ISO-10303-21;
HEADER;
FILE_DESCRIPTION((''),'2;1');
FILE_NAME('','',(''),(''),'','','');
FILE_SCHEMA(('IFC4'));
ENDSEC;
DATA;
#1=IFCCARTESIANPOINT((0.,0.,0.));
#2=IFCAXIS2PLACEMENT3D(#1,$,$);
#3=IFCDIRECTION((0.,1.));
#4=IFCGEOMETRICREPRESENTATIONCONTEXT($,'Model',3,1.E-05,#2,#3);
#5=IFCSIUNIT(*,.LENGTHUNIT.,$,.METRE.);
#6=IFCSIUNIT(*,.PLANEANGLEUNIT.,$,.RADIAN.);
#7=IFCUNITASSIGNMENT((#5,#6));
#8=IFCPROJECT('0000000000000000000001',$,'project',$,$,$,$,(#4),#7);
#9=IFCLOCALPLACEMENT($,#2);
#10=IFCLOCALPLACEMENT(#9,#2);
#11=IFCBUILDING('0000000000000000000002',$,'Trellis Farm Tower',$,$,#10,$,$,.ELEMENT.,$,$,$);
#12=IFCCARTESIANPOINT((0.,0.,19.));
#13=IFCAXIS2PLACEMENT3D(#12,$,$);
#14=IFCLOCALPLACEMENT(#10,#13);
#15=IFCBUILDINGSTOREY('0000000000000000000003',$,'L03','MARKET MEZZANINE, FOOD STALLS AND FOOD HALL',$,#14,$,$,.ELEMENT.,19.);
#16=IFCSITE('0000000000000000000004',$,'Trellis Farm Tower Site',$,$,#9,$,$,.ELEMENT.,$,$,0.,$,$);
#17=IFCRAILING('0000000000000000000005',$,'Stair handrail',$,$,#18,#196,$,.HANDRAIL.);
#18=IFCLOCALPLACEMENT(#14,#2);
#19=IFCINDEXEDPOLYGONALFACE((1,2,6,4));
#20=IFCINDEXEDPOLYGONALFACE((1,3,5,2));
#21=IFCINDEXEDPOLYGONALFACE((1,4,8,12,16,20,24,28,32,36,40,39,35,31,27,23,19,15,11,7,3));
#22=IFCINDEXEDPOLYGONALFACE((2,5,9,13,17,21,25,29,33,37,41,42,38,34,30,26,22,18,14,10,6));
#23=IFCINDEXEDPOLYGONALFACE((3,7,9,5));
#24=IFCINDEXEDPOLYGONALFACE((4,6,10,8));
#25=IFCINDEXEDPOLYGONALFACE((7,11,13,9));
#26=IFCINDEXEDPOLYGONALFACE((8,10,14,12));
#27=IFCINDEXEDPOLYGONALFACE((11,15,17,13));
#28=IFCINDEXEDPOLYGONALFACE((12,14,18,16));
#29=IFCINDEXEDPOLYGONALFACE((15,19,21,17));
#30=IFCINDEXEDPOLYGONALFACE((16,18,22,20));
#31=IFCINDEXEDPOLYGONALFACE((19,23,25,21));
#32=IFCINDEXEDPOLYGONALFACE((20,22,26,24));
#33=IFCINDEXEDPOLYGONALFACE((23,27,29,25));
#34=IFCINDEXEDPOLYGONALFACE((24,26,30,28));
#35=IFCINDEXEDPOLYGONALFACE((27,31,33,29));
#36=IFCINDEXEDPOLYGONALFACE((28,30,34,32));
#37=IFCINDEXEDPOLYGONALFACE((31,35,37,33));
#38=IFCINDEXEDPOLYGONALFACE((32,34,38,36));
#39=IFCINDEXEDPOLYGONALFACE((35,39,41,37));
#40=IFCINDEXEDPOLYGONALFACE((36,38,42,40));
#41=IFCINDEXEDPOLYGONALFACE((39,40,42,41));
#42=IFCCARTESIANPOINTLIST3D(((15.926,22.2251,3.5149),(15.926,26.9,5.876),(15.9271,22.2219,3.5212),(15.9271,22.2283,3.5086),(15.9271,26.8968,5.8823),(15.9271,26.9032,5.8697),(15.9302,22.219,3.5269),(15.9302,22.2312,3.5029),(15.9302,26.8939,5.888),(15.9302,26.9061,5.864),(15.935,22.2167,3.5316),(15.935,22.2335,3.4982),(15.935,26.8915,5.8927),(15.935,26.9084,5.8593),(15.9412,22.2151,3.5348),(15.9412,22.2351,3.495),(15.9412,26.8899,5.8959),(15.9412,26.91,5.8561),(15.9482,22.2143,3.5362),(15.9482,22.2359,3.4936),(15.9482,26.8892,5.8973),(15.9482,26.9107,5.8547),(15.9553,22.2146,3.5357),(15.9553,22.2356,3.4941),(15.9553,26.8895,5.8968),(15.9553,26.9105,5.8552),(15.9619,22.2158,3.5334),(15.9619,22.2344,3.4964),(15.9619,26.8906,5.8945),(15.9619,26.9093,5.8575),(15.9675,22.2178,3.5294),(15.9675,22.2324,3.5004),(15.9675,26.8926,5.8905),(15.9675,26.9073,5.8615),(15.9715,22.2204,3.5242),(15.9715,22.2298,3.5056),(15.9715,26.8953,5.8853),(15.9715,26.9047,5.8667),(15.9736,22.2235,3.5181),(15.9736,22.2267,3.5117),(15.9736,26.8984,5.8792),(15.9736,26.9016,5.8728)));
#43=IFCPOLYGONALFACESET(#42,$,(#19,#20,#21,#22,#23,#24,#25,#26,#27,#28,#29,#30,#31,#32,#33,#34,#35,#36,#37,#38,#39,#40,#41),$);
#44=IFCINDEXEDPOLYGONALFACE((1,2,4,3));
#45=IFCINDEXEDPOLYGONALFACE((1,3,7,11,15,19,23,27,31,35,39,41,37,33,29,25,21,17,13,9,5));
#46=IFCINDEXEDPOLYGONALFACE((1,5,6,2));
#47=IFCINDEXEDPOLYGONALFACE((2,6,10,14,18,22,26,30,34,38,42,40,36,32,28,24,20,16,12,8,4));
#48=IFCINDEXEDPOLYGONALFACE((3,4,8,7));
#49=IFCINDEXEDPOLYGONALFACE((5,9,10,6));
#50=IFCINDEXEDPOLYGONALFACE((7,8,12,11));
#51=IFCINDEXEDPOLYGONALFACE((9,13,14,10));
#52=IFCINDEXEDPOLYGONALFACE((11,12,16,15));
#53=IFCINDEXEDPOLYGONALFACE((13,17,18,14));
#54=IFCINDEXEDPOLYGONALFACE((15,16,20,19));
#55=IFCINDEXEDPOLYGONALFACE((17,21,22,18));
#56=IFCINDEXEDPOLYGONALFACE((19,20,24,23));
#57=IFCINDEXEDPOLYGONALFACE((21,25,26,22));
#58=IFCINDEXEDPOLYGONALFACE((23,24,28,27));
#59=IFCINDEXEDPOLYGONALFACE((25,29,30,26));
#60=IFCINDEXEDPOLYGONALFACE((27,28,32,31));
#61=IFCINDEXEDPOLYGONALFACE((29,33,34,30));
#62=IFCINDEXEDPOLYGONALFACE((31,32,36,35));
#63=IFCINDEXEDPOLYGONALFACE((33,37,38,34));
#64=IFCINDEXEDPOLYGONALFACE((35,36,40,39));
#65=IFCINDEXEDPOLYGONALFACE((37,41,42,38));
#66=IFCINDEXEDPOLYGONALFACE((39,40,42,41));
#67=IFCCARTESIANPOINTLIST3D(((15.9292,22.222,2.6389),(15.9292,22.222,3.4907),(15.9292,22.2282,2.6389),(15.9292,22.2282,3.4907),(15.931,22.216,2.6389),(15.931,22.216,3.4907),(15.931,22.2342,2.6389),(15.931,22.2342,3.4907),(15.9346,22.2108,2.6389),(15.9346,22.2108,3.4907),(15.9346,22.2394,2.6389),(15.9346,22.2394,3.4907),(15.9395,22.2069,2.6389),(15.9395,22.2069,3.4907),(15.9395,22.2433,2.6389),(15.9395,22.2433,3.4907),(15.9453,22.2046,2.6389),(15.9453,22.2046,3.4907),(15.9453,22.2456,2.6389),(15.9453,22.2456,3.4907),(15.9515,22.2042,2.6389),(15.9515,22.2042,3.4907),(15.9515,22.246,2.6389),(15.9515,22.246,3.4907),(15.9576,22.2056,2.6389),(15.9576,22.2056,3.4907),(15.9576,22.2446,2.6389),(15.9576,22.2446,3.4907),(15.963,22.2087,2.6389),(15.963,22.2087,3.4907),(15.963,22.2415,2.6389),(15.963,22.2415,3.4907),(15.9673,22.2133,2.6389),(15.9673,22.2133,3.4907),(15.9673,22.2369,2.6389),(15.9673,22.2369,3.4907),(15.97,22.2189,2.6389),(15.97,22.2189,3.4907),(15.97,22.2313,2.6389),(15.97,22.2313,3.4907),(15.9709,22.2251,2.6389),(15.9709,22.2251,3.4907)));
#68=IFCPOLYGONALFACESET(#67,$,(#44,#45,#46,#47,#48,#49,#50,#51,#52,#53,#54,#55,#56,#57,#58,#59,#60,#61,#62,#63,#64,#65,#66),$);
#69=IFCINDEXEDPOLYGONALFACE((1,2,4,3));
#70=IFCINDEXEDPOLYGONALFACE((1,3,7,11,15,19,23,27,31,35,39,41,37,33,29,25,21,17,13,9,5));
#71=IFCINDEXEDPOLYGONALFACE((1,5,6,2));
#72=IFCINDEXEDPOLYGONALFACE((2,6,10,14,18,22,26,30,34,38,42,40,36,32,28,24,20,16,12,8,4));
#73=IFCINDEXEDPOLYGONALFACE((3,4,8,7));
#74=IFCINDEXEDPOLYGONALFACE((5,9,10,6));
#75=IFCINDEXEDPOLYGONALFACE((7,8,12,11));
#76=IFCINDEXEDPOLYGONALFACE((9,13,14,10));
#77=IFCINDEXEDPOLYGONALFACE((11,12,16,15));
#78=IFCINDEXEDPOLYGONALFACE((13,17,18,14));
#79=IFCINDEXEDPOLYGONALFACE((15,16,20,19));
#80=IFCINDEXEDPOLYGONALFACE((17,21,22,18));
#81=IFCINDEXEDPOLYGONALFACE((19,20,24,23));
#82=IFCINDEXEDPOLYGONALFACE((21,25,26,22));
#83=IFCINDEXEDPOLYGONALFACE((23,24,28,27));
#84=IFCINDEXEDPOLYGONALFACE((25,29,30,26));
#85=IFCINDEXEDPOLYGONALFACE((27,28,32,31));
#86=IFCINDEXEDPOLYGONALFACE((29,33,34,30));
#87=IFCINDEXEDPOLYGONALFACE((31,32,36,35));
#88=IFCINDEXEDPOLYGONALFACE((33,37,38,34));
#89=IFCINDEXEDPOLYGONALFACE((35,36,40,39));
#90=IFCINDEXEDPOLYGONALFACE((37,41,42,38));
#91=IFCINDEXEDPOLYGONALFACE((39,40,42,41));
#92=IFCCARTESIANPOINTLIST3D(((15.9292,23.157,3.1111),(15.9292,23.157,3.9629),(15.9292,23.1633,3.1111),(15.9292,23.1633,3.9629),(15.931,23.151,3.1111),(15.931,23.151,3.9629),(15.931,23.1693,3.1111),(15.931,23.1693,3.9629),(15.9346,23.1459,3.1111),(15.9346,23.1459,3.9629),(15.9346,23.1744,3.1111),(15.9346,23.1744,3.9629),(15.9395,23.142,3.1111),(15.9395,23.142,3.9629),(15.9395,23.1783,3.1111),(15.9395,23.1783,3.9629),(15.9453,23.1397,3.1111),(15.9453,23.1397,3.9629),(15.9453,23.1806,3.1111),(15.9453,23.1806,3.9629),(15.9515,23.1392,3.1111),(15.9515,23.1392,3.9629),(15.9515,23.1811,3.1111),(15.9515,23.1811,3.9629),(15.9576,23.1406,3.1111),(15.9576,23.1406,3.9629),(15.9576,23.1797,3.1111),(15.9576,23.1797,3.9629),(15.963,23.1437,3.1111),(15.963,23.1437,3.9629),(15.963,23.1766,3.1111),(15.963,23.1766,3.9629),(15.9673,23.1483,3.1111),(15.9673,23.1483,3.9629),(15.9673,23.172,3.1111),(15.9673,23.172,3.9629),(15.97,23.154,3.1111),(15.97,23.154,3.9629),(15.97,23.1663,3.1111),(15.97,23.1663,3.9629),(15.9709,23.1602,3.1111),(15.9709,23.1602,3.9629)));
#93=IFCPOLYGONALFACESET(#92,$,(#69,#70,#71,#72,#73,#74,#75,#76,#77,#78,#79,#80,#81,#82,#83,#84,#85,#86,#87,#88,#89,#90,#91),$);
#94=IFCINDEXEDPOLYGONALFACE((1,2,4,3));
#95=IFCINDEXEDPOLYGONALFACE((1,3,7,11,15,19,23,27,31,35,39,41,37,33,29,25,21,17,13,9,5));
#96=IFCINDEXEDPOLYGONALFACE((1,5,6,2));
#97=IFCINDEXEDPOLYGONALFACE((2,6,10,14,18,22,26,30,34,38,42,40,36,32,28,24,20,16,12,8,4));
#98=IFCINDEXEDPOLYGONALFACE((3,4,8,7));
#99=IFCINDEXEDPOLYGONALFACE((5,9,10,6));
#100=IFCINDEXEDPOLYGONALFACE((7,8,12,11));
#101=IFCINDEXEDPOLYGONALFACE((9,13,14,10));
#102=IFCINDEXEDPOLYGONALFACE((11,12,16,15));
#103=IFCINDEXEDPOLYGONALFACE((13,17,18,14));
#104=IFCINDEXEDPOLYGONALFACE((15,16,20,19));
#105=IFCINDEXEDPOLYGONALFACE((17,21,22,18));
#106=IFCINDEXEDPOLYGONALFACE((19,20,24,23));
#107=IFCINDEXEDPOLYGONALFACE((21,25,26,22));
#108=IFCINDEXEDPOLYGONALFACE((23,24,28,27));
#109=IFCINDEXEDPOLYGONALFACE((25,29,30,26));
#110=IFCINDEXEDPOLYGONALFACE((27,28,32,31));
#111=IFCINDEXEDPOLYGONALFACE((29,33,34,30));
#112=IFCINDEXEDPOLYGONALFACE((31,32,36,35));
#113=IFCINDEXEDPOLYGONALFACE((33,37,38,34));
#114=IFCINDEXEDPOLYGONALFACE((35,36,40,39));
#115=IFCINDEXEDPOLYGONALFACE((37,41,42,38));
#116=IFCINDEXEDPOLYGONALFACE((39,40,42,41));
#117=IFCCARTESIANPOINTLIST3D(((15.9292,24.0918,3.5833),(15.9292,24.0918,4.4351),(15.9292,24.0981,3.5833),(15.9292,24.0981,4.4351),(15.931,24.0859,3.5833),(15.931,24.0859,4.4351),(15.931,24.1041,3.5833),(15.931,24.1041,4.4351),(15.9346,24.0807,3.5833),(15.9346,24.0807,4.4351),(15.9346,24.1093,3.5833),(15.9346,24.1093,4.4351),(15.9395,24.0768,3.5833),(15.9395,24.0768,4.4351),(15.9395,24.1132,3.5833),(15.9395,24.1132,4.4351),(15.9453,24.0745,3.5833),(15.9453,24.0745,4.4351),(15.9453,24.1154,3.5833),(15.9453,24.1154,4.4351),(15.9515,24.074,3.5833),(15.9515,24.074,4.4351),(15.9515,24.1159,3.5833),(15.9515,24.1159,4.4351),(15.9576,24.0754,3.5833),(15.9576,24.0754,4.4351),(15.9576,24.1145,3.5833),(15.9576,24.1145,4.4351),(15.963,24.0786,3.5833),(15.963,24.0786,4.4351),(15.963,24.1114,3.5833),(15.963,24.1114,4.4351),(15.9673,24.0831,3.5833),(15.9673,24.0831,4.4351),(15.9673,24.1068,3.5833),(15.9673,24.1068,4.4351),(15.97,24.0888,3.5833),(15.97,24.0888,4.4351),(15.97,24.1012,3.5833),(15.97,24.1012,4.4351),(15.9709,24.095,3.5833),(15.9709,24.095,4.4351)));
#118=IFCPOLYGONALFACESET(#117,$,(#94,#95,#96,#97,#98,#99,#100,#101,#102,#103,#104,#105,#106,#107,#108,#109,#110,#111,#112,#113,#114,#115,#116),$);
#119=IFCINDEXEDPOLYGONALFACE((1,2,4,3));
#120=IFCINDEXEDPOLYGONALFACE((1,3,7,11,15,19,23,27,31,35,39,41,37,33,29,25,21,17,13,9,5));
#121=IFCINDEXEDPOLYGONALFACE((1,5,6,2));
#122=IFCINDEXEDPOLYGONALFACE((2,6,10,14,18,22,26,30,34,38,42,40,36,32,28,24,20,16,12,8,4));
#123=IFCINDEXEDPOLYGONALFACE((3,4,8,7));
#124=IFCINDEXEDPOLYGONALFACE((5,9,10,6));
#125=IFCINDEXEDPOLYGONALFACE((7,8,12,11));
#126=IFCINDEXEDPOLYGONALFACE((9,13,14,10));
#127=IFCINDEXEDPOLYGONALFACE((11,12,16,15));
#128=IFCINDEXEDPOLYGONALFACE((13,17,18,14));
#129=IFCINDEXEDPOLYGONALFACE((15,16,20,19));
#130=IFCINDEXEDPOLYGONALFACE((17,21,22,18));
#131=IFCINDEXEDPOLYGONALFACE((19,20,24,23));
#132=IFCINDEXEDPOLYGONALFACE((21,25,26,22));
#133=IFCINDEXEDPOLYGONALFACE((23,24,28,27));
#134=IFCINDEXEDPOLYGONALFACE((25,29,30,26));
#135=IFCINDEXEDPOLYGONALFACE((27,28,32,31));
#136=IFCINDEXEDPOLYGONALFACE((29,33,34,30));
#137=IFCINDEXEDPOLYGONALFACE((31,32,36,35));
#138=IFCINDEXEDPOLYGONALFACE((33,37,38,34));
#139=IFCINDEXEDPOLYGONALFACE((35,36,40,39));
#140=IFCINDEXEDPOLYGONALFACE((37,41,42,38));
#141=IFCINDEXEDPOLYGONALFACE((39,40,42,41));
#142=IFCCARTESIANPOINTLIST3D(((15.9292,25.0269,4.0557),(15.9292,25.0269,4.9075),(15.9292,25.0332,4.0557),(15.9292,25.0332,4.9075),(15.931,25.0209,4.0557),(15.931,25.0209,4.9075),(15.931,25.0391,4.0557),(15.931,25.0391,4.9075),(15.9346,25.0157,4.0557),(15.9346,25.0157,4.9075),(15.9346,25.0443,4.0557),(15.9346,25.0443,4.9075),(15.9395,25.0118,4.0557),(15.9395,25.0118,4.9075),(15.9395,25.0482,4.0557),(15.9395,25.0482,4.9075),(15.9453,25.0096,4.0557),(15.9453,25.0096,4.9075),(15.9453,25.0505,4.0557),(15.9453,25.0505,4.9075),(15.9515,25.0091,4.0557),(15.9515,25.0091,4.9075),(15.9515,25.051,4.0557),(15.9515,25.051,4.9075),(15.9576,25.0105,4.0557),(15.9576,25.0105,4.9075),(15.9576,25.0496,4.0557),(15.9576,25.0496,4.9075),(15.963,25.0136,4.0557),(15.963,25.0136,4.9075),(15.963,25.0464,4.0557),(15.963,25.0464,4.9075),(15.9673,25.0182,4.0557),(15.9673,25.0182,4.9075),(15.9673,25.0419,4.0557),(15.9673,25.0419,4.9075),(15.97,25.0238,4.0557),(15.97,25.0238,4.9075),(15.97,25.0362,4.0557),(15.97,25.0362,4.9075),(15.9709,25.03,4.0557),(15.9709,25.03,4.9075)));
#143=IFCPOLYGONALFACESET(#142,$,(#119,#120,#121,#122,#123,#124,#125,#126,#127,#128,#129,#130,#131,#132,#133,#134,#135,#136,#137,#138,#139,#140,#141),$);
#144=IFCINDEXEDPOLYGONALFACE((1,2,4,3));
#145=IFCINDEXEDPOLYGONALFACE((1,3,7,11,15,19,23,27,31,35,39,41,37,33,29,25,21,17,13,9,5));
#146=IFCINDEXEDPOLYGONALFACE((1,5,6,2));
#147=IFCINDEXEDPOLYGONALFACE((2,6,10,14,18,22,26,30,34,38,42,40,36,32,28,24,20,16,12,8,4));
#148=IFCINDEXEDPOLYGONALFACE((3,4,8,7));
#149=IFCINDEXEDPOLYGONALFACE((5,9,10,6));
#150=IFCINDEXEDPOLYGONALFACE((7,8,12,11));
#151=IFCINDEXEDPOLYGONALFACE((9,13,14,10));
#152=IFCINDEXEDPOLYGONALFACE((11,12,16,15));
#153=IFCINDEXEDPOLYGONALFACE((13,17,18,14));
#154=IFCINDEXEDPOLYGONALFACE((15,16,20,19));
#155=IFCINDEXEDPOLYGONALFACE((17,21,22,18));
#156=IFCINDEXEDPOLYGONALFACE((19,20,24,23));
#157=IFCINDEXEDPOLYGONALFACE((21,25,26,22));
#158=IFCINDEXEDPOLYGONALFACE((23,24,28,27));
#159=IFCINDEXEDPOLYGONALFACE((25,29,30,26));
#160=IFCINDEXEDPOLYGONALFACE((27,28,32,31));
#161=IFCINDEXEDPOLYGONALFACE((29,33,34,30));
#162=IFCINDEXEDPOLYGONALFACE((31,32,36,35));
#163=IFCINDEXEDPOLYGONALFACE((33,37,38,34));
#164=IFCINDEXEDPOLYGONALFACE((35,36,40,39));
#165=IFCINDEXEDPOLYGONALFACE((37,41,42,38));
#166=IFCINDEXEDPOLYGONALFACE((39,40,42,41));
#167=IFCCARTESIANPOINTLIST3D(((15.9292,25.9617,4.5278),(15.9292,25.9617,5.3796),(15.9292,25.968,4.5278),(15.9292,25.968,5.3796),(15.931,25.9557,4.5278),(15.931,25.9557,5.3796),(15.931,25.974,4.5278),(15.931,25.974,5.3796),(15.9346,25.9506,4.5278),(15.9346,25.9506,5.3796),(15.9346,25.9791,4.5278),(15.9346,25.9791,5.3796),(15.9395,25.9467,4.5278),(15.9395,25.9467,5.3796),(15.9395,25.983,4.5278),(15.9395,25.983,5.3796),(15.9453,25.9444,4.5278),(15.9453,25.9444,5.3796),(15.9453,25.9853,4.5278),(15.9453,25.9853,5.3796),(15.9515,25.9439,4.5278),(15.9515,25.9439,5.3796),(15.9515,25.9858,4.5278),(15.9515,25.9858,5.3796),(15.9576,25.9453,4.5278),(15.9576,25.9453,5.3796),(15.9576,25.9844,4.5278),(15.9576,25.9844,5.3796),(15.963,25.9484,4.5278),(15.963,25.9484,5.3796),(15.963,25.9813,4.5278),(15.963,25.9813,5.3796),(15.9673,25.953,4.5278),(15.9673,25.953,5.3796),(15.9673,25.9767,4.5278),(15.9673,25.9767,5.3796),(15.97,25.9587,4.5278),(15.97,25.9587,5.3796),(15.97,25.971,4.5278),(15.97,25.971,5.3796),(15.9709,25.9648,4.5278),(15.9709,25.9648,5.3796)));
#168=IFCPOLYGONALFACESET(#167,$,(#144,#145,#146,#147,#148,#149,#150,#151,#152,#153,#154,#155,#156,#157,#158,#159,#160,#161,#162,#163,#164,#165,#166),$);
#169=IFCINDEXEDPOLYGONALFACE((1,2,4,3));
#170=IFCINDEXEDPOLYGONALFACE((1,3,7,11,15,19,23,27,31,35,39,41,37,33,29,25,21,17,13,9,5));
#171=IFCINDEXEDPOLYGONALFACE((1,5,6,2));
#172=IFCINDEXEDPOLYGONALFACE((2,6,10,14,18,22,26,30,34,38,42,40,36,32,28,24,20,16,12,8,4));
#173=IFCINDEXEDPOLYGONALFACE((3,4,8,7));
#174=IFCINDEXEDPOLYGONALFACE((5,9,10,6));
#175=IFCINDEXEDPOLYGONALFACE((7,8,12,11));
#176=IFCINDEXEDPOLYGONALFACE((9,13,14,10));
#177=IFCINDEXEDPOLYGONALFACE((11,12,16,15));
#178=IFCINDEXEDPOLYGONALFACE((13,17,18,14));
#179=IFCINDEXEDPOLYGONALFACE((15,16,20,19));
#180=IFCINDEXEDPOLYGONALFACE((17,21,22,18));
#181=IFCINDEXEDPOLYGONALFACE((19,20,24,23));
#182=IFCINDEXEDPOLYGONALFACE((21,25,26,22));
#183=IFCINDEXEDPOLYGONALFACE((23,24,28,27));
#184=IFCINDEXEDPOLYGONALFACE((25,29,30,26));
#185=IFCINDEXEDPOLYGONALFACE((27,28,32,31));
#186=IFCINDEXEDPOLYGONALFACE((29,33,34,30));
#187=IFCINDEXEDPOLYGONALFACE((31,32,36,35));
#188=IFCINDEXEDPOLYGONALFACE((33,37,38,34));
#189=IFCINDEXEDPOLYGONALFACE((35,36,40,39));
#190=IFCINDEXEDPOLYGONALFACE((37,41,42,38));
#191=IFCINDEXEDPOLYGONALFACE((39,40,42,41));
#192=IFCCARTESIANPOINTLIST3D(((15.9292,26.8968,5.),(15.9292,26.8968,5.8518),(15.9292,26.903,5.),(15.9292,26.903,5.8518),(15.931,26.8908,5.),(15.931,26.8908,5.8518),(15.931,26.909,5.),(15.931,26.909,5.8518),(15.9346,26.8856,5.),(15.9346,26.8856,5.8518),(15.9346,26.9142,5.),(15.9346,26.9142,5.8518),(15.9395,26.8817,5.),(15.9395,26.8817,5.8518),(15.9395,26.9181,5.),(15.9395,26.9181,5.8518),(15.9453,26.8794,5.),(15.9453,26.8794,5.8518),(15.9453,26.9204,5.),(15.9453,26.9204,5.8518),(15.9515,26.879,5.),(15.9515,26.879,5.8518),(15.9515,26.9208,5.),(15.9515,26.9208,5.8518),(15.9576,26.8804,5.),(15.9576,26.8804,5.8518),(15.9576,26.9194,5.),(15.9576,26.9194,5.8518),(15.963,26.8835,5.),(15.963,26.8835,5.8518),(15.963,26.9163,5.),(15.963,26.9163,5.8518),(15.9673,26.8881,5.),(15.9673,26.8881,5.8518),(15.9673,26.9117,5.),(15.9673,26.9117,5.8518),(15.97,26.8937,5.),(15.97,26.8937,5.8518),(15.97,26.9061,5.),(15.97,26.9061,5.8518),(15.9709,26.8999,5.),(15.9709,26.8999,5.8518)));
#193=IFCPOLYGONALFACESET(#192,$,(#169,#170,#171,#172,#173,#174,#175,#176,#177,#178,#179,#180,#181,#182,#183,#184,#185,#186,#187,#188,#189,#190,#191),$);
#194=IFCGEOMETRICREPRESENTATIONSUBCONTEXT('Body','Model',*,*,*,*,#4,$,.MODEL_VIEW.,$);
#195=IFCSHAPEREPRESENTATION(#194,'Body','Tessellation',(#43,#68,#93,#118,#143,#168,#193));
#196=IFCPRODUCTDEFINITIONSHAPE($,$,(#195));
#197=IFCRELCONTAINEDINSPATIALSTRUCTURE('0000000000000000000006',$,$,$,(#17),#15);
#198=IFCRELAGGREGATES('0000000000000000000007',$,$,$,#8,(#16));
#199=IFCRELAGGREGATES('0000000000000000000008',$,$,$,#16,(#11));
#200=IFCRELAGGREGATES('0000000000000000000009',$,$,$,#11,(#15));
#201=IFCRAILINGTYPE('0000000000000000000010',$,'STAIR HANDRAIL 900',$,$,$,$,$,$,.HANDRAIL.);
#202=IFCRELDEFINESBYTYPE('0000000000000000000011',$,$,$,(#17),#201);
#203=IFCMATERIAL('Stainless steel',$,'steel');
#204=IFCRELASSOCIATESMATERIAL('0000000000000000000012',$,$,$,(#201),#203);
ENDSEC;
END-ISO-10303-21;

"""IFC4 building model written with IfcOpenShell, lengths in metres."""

from ifc_helpers import new_model, si_unit, direction, frame, origin, origin_2d, place, context, subcontext, project, spatial, circle, extrude, source, transform, mapped, material, type_object, element, save


model = new_model("IFC4")

# Units and contexts
model_context = context("Model", 3, precision=1e-05, world=origin(), true_north=direction((0.0, 1.0)))
body_context = subcontext(model_context, "Body", "Model", "MODEL_VIEW")
ifc_project = project(units=[si_unit("LENGTHUNIT", "METRE"), si_unit("PLANEANGLEUNIT", "RADIAN")], contexts=[model_context])

# Site, building, storey
site_placement = place(None, origin())
site = spatial("IfcSite", under=ifc_project, at=site_placement, Name="Trellis Farm Tower Site", CompositionType="ELEMENT", RefElevation=0.0)
building_placement = place(site_placement, origin())
building = spatial("IfcBuilding", under=site, at=building_placement, Name="Trellis Farm Tower", CompositionType="ELEMENT")
storey_placement = place(building_placement, frame((0.0, 0.0, 19.0)))
storey = spatial("IfcBuildingStorey", under=building, at=storey_placement, Name="L03", Description="MARKET MEZZANINE, FOOD STALLS AND FOOD HALL", CompositionType="ELEMENT", Elevation=19.0)

# Railing
ifc_material_1 = material(Name="Stainless steel", Category="steel")
railing_type = type_object("IfcRailingType", Name="STAIR HANDRAIL 900", PredefinedType="HANDRAIL", material=ifc_material_1)
shared_shape_1 = source(origin(), body_context, "Body", "SweptSolid", [
    extrude(circle(Radius=0.0239, at=origin_2d()), frame((0.0, 0.0, 0.876), z_axis=(0.0, 0.892611, 0.450827), x_axis=(-1.0, 0.0, 0.0)), (0.0, 0.0, 1.0), 5.2373),
    extrude(circle(Radius=0.021, at=origin_2d()), origin(), (0.0, 0.0, 1.0), 0.8518),
    extrude(circle(Radius=0.021, at=origin_2d()), frame((0.0, 0.9351, 0.4722)), (0.0, 0.0, 1.0), 0.8518),
    extrude(circle(Radius=0.021, at=origin_2d()), frame((0.0, 1.8699, 0.9443)), (0.0, 0.0, 1.0), 0.8518),
    extrude(circle(Radius=0.021, at=origin_2d()), frame((0.0, 2.8049, 1.4167)), (0.0, 0.0, 1.0), 0.8518),
    extrude(circle(Radius=0.021, at=origin_2d()), frame((0.0, 3.7397, 1.8889)), (0.0, 0.0, 1.0), 0.8518),
    extrude(circle(Radius=0.021, at=origin_2d()), frame((0.0, 4.6748, 2.3611)), (0.0, 0.0, 1.0), 0.8518),
])
for number, where, name in (
    (1, (15.95, 22.2251, 2.6389), "Stair handrail"),
):
    element("IfcRailing", number, at=place(storey_placement, frame(where)), inside=storey, type_object=railing_type, Name=name, PredefinedType="HANDRAIL", context=body_context, shape_type="MappedRepresentation", body=[
        mapped(shared_shape_1, transform((0.0, 0.0, 0.0))),
    ])

save(model, "model.ifc")
